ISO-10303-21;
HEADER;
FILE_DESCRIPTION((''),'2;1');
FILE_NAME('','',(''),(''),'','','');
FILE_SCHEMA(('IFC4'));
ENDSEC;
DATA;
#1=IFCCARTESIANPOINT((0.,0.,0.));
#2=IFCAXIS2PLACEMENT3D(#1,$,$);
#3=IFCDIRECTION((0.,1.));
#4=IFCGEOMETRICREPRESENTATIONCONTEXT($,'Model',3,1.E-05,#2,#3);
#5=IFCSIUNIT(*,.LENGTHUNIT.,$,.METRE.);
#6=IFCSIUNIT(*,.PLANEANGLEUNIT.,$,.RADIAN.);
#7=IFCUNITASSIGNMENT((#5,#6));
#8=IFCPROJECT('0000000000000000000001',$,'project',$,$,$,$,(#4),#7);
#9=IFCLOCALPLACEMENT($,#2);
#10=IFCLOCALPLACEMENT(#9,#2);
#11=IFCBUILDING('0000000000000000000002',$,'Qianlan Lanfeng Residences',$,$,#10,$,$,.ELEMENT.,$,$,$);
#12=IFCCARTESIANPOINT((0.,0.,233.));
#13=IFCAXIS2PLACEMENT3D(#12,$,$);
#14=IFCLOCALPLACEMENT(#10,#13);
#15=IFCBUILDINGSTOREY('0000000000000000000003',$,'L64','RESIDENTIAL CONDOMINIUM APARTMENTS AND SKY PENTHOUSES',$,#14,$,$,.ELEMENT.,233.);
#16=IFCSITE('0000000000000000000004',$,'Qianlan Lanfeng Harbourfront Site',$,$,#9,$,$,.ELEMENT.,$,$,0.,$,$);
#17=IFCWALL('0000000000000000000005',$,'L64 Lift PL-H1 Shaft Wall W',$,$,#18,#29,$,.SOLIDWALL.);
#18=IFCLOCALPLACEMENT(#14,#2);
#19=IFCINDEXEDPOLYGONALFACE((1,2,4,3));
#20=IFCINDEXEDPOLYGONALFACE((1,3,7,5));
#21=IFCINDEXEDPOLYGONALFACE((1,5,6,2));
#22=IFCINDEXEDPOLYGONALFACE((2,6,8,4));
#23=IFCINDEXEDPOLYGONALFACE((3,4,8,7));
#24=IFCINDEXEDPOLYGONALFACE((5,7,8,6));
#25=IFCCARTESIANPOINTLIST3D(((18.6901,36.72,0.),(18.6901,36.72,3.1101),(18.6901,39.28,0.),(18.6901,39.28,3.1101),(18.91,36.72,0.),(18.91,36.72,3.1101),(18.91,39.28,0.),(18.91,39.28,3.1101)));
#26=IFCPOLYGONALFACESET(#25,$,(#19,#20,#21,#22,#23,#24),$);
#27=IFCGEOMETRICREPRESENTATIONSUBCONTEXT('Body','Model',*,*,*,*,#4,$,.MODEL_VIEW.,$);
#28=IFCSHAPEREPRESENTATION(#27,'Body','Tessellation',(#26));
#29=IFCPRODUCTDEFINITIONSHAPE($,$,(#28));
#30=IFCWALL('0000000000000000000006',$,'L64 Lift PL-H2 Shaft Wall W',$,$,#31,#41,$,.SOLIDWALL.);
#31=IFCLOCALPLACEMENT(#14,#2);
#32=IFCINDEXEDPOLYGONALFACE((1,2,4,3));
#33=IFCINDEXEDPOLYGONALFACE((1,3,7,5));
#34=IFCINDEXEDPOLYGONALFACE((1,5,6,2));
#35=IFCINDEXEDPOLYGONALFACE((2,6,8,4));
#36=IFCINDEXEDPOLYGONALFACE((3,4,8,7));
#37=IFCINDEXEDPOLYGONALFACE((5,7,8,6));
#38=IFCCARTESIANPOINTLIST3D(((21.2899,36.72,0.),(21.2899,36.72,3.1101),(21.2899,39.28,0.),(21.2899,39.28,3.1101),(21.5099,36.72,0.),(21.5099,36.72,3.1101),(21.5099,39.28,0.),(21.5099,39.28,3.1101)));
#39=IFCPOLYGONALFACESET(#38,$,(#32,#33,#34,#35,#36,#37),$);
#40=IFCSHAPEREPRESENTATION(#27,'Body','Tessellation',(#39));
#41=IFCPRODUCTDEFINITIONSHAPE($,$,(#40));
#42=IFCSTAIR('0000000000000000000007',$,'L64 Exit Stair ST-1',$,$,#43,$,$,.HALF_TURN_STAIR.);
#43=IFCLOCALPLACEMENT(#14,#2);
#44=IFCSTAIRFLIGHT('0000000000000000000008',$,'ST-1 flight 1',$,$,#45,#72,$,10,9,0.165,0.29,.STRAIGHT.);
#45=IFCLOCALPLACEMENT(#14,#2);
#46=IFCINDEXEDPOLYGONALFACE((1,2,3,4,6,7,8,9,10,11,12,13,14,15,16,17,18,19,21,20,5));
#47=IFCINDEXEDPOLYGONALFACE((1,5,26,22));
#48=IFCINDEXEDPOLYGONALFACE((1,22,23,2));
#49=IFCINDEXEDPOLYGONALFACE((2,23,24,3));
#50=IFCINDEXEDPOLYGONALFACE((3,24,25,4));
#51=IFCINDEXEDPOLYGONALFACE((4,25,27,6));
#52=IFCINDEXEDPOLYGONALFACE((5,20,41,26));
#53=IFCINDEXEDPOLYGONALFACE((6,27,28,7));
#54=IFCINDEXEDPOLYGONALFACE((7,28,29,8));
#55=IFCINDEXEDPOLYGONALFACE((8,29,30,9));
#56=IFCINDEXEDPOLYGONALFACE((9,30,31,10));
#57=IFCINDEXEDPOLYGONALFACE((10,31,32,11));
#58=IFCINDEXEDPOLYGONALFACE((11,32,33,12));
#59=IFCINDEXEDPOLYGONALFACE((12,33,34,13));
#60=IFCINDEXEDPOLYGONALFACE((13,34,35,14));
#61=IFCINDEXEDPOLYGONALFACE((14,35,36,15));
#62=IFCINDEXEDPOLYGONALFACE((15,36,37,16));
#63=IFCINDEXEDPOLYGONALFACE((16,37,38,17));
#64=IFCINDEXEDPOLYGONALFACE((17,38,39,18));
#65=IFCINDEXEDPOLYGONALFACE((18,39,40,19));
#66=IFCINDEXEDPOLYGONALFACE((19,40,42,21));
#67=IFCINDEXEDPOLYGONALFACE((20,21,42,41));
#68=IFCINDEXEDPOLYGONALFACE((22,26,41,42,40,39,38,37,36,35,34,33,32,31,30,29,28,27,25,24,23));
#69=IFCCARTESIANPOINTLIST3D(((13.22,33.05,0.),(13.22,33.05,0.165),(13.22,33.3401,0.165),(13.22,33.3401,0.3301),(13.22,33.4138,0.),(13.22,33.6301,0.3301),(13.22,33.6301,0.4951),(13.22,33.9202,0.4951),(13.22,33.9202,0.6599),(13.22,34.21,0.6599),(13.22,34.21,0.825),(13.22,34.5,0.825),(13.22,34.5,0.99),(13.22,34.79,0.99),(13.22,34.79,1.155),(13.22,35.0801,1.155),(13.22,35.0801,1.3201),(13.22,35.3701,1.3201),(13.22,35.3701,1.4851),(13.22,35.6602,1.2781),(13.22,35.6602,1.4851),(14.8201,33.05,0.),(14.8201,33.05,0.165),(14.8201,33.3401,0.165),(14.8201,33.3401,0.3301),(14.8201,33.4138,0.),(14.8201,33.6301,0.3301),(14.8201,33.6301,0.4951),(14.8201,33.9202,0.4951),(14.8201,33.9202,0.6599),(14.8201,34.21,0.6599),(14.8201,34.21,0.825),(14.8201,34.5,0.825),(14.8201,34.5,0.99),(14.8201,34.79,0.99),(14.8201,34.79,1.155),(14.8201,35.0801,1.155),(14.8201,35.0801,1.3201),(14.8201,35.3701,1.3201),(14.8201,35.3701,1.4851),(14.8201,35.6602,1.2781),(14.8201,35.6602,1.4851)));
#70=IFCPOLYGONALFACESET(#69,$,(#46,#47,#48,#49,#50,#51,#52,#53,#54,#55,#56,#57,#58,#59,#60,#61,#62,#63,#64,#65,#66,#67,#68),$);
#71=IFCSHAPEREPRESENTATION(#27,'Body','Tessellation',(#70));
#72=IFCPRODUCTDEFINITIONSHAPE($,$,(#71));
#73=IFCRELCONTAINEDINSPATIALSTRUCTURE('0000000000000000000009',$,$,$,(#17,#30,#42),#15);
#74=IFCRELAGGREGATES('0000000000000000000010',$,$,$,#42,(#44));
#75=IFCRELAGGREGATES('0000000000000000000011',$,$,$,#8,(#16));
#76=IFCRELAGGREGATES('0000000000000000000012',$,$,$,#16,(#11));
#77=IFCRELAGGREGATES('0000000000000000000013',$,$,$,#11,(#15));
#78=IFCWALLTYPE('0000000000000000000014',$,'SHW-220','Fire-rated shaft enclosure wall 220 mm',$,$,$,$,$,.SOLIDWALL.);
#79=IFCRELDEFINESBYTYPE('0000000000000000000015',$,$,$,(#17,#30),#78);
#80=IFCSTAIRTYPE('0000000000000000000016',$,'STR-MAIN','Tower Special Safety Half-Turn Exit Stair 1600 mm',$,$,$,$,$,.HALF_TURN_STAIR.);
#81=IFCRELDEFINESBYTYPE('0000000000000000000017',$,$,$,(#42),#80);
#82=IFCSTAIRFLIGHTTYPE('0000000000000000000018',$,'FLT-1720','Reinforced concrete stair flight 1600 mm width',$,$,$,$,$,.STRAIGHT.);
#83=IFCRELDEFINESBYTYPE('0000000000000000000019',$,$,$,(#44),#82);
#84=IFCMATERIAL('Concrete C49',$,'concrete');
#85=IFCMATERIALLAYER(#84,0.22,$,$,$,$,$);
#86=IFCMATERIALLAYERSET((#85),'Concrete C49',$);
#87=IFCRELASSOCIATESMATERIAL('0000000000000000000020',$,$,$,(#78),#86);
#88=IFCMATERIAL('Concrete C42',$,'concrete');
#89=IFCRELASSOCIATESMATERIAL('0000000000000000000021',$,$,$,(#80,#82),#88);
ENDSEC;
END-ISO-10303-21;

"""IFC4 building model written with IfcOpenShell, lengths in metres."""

from ifc_helpers import new_model, si_unit, direction, frame, frame_2d, origin, place, context, subcontext, project, spatial, polyline, rectangle, outline, extrude, material, layer, layer_set, type_object, element, aggregate, save


model = new_model("IFC4")

# Units and contexts
model_context = context("Model", 3, precision=1e-05, world=origin(), true_north=direction((0.0, 1.0)))
body_context = subcontext(model_context, "Body", "Model", "MODEL_VIEW")
ifc_project = project(units=[si_unit("LENGTHUNIT", "METRE"), si_unit("PLANEANGLEUNIT", "RADIAN")], contexts=[model_context])

# Site, building, storey
site_placement = place(None, origin())
site = spatial("IfcSite", under=ifc_project, at=site_placement, Name="Qianlan Lanfeng Harbourfront Site", CompositionType="ELEMENT", RefElevation=0.0)
building_placement = place(site_placement, origin())
building = spatial("IfcBuilding", under=site, at=building_placement, Name="Qianlan Lanfeng Residences", CompositionType="ELEMENT")
storey_placement = place(building_placement, frame((0.0, 0.0, 233.0)))
storey = spatial("IfcBuildingStorey", under=building, at=storey_placement, Name="L64", Description="RESIDENTIAL CONDOMINIUM APARTMENTS AND SKY PENTHOUSES", CompositionType="ELEMENT", Elevation=233.0)

# Shared definitions
ifc_material_1 = material(Name="Concrete C49", Category="concrete")

# Walls
ifc_layer_1 = layer(ifc_material_1, 0.22)
ifc_layer_set_1 = layer_set([ifc_layer_1], Name="Concrete C49")
wall_type_1 = type_object("IfcWallType", Name="SHW-220", Description="Fire-rated shaft enclosure wall 220 mm", PredefinedType="SOLIDWALL", material=ifc_layer_set_1)
for number, where, z_axis, x_axis, name in (
    (1, (18.8, 36.72, 0.0), (0.0, 0.0, 1.0), (0.0, 1.0, 0.0), "L64 Lift PL-H1 Shaft Wall W"),
    (2, (21.3999, 36.72, 0.0), (0.0, 0.0, 1.0), (0.0, 1.0, 0.0), "L64 Lift PL-H2 Shaft Wall W"),
):
    element("IfcWall", number, at=place(storey_placement, frame(where, z_axis=z_axis, x_axis=x_axis)), inside=storey, type_object=wall_type_1, Name=name, PredefinedType="SOLIDWALL", context=body_context, shape_type="SweptSolid", body=[
        extrude(rectangle(XDim=2.5601, YDim=0.22, at=frame_2d((1.28, 0.0))), origin(), (0.0, 0.0, 1.0), 3.1101),
    ])

# Stair, stair flight
ifc_material_2 = material(Name="Concrete C42", Category="concrete")
stair_type = type_object("IfcStairType", Name="STR-MAIN", Description="Tower Special Safety Half-Turn Exit Stair 1600 mm", PredefinedType="HALF_TURN_STAIR", material=ifc_material_2)
stair_placement = place(storey_placement, origin())
stair = element("IfcStair", 3, at=stair_placement, inside=storey, type_object=stair_type, Name="L64 Exit Stair ST-1", PredefinedType="HALF_TURN_STAIR")
stair_flight_type = type_object("IfcStairFlightType", Name="FLT-1720", Description="Reinforced concrete stair flight 1600 mm width", PredefinedType="STRAIGHT", material=ifc_material_2)
stair_flight_placement = place(storey_placement, frame((14.02, 33.05, 0.0), z_axis=(0.0, 0.0, 1.0), x_axis=(0.0, 1.0, 0.0)))
stair_flight = element("IfcStairFlight", 4, at=stair_flight_placement, type_object=stair_flight_type, Name="ST-1 flight 1", NumberOfRisers=10, NumberOfTreads=9, PredefinedType="STRAIGHT", RiserHeight=0.165, TreadLength=0.29, context=body_context, shape_type="SweptSolid", body=[
    extrude(outline(polyline([(0.0, 0.0), (0.0, 0.165), (0.29, 0.165), (0.29, 0.3301), (0.5801, 0.3301), (0.5801, 0.4951), (0.8701, 0.4951), (0.8701, 0.6599), (1.1599, 0.6599), (1.1599, 0.825), (1.45, 0.825), (1.45, 0.99), (1.74, 0.99), (1.74, 1.155), (2.03, 1.155), (2.03, 1.3201), (2.3201, 1.3201), (2.3201, 1.4851), (2.6101, 1.4851), (2.6101, 1.6499), (2.6101, 1.2781), (0.3638, 0.0), (0.0, 0.0)])), frame((0.0, 0.8, 0.0), z_axis=(0.0, -1.0, 0.0), x_axis=(1.0, 0.0, 0.0)), (0.0, 0.0, 1.0), 1.6001),
])
aggregate(stair, [stair_flight])

save(model, "model.ifc")
